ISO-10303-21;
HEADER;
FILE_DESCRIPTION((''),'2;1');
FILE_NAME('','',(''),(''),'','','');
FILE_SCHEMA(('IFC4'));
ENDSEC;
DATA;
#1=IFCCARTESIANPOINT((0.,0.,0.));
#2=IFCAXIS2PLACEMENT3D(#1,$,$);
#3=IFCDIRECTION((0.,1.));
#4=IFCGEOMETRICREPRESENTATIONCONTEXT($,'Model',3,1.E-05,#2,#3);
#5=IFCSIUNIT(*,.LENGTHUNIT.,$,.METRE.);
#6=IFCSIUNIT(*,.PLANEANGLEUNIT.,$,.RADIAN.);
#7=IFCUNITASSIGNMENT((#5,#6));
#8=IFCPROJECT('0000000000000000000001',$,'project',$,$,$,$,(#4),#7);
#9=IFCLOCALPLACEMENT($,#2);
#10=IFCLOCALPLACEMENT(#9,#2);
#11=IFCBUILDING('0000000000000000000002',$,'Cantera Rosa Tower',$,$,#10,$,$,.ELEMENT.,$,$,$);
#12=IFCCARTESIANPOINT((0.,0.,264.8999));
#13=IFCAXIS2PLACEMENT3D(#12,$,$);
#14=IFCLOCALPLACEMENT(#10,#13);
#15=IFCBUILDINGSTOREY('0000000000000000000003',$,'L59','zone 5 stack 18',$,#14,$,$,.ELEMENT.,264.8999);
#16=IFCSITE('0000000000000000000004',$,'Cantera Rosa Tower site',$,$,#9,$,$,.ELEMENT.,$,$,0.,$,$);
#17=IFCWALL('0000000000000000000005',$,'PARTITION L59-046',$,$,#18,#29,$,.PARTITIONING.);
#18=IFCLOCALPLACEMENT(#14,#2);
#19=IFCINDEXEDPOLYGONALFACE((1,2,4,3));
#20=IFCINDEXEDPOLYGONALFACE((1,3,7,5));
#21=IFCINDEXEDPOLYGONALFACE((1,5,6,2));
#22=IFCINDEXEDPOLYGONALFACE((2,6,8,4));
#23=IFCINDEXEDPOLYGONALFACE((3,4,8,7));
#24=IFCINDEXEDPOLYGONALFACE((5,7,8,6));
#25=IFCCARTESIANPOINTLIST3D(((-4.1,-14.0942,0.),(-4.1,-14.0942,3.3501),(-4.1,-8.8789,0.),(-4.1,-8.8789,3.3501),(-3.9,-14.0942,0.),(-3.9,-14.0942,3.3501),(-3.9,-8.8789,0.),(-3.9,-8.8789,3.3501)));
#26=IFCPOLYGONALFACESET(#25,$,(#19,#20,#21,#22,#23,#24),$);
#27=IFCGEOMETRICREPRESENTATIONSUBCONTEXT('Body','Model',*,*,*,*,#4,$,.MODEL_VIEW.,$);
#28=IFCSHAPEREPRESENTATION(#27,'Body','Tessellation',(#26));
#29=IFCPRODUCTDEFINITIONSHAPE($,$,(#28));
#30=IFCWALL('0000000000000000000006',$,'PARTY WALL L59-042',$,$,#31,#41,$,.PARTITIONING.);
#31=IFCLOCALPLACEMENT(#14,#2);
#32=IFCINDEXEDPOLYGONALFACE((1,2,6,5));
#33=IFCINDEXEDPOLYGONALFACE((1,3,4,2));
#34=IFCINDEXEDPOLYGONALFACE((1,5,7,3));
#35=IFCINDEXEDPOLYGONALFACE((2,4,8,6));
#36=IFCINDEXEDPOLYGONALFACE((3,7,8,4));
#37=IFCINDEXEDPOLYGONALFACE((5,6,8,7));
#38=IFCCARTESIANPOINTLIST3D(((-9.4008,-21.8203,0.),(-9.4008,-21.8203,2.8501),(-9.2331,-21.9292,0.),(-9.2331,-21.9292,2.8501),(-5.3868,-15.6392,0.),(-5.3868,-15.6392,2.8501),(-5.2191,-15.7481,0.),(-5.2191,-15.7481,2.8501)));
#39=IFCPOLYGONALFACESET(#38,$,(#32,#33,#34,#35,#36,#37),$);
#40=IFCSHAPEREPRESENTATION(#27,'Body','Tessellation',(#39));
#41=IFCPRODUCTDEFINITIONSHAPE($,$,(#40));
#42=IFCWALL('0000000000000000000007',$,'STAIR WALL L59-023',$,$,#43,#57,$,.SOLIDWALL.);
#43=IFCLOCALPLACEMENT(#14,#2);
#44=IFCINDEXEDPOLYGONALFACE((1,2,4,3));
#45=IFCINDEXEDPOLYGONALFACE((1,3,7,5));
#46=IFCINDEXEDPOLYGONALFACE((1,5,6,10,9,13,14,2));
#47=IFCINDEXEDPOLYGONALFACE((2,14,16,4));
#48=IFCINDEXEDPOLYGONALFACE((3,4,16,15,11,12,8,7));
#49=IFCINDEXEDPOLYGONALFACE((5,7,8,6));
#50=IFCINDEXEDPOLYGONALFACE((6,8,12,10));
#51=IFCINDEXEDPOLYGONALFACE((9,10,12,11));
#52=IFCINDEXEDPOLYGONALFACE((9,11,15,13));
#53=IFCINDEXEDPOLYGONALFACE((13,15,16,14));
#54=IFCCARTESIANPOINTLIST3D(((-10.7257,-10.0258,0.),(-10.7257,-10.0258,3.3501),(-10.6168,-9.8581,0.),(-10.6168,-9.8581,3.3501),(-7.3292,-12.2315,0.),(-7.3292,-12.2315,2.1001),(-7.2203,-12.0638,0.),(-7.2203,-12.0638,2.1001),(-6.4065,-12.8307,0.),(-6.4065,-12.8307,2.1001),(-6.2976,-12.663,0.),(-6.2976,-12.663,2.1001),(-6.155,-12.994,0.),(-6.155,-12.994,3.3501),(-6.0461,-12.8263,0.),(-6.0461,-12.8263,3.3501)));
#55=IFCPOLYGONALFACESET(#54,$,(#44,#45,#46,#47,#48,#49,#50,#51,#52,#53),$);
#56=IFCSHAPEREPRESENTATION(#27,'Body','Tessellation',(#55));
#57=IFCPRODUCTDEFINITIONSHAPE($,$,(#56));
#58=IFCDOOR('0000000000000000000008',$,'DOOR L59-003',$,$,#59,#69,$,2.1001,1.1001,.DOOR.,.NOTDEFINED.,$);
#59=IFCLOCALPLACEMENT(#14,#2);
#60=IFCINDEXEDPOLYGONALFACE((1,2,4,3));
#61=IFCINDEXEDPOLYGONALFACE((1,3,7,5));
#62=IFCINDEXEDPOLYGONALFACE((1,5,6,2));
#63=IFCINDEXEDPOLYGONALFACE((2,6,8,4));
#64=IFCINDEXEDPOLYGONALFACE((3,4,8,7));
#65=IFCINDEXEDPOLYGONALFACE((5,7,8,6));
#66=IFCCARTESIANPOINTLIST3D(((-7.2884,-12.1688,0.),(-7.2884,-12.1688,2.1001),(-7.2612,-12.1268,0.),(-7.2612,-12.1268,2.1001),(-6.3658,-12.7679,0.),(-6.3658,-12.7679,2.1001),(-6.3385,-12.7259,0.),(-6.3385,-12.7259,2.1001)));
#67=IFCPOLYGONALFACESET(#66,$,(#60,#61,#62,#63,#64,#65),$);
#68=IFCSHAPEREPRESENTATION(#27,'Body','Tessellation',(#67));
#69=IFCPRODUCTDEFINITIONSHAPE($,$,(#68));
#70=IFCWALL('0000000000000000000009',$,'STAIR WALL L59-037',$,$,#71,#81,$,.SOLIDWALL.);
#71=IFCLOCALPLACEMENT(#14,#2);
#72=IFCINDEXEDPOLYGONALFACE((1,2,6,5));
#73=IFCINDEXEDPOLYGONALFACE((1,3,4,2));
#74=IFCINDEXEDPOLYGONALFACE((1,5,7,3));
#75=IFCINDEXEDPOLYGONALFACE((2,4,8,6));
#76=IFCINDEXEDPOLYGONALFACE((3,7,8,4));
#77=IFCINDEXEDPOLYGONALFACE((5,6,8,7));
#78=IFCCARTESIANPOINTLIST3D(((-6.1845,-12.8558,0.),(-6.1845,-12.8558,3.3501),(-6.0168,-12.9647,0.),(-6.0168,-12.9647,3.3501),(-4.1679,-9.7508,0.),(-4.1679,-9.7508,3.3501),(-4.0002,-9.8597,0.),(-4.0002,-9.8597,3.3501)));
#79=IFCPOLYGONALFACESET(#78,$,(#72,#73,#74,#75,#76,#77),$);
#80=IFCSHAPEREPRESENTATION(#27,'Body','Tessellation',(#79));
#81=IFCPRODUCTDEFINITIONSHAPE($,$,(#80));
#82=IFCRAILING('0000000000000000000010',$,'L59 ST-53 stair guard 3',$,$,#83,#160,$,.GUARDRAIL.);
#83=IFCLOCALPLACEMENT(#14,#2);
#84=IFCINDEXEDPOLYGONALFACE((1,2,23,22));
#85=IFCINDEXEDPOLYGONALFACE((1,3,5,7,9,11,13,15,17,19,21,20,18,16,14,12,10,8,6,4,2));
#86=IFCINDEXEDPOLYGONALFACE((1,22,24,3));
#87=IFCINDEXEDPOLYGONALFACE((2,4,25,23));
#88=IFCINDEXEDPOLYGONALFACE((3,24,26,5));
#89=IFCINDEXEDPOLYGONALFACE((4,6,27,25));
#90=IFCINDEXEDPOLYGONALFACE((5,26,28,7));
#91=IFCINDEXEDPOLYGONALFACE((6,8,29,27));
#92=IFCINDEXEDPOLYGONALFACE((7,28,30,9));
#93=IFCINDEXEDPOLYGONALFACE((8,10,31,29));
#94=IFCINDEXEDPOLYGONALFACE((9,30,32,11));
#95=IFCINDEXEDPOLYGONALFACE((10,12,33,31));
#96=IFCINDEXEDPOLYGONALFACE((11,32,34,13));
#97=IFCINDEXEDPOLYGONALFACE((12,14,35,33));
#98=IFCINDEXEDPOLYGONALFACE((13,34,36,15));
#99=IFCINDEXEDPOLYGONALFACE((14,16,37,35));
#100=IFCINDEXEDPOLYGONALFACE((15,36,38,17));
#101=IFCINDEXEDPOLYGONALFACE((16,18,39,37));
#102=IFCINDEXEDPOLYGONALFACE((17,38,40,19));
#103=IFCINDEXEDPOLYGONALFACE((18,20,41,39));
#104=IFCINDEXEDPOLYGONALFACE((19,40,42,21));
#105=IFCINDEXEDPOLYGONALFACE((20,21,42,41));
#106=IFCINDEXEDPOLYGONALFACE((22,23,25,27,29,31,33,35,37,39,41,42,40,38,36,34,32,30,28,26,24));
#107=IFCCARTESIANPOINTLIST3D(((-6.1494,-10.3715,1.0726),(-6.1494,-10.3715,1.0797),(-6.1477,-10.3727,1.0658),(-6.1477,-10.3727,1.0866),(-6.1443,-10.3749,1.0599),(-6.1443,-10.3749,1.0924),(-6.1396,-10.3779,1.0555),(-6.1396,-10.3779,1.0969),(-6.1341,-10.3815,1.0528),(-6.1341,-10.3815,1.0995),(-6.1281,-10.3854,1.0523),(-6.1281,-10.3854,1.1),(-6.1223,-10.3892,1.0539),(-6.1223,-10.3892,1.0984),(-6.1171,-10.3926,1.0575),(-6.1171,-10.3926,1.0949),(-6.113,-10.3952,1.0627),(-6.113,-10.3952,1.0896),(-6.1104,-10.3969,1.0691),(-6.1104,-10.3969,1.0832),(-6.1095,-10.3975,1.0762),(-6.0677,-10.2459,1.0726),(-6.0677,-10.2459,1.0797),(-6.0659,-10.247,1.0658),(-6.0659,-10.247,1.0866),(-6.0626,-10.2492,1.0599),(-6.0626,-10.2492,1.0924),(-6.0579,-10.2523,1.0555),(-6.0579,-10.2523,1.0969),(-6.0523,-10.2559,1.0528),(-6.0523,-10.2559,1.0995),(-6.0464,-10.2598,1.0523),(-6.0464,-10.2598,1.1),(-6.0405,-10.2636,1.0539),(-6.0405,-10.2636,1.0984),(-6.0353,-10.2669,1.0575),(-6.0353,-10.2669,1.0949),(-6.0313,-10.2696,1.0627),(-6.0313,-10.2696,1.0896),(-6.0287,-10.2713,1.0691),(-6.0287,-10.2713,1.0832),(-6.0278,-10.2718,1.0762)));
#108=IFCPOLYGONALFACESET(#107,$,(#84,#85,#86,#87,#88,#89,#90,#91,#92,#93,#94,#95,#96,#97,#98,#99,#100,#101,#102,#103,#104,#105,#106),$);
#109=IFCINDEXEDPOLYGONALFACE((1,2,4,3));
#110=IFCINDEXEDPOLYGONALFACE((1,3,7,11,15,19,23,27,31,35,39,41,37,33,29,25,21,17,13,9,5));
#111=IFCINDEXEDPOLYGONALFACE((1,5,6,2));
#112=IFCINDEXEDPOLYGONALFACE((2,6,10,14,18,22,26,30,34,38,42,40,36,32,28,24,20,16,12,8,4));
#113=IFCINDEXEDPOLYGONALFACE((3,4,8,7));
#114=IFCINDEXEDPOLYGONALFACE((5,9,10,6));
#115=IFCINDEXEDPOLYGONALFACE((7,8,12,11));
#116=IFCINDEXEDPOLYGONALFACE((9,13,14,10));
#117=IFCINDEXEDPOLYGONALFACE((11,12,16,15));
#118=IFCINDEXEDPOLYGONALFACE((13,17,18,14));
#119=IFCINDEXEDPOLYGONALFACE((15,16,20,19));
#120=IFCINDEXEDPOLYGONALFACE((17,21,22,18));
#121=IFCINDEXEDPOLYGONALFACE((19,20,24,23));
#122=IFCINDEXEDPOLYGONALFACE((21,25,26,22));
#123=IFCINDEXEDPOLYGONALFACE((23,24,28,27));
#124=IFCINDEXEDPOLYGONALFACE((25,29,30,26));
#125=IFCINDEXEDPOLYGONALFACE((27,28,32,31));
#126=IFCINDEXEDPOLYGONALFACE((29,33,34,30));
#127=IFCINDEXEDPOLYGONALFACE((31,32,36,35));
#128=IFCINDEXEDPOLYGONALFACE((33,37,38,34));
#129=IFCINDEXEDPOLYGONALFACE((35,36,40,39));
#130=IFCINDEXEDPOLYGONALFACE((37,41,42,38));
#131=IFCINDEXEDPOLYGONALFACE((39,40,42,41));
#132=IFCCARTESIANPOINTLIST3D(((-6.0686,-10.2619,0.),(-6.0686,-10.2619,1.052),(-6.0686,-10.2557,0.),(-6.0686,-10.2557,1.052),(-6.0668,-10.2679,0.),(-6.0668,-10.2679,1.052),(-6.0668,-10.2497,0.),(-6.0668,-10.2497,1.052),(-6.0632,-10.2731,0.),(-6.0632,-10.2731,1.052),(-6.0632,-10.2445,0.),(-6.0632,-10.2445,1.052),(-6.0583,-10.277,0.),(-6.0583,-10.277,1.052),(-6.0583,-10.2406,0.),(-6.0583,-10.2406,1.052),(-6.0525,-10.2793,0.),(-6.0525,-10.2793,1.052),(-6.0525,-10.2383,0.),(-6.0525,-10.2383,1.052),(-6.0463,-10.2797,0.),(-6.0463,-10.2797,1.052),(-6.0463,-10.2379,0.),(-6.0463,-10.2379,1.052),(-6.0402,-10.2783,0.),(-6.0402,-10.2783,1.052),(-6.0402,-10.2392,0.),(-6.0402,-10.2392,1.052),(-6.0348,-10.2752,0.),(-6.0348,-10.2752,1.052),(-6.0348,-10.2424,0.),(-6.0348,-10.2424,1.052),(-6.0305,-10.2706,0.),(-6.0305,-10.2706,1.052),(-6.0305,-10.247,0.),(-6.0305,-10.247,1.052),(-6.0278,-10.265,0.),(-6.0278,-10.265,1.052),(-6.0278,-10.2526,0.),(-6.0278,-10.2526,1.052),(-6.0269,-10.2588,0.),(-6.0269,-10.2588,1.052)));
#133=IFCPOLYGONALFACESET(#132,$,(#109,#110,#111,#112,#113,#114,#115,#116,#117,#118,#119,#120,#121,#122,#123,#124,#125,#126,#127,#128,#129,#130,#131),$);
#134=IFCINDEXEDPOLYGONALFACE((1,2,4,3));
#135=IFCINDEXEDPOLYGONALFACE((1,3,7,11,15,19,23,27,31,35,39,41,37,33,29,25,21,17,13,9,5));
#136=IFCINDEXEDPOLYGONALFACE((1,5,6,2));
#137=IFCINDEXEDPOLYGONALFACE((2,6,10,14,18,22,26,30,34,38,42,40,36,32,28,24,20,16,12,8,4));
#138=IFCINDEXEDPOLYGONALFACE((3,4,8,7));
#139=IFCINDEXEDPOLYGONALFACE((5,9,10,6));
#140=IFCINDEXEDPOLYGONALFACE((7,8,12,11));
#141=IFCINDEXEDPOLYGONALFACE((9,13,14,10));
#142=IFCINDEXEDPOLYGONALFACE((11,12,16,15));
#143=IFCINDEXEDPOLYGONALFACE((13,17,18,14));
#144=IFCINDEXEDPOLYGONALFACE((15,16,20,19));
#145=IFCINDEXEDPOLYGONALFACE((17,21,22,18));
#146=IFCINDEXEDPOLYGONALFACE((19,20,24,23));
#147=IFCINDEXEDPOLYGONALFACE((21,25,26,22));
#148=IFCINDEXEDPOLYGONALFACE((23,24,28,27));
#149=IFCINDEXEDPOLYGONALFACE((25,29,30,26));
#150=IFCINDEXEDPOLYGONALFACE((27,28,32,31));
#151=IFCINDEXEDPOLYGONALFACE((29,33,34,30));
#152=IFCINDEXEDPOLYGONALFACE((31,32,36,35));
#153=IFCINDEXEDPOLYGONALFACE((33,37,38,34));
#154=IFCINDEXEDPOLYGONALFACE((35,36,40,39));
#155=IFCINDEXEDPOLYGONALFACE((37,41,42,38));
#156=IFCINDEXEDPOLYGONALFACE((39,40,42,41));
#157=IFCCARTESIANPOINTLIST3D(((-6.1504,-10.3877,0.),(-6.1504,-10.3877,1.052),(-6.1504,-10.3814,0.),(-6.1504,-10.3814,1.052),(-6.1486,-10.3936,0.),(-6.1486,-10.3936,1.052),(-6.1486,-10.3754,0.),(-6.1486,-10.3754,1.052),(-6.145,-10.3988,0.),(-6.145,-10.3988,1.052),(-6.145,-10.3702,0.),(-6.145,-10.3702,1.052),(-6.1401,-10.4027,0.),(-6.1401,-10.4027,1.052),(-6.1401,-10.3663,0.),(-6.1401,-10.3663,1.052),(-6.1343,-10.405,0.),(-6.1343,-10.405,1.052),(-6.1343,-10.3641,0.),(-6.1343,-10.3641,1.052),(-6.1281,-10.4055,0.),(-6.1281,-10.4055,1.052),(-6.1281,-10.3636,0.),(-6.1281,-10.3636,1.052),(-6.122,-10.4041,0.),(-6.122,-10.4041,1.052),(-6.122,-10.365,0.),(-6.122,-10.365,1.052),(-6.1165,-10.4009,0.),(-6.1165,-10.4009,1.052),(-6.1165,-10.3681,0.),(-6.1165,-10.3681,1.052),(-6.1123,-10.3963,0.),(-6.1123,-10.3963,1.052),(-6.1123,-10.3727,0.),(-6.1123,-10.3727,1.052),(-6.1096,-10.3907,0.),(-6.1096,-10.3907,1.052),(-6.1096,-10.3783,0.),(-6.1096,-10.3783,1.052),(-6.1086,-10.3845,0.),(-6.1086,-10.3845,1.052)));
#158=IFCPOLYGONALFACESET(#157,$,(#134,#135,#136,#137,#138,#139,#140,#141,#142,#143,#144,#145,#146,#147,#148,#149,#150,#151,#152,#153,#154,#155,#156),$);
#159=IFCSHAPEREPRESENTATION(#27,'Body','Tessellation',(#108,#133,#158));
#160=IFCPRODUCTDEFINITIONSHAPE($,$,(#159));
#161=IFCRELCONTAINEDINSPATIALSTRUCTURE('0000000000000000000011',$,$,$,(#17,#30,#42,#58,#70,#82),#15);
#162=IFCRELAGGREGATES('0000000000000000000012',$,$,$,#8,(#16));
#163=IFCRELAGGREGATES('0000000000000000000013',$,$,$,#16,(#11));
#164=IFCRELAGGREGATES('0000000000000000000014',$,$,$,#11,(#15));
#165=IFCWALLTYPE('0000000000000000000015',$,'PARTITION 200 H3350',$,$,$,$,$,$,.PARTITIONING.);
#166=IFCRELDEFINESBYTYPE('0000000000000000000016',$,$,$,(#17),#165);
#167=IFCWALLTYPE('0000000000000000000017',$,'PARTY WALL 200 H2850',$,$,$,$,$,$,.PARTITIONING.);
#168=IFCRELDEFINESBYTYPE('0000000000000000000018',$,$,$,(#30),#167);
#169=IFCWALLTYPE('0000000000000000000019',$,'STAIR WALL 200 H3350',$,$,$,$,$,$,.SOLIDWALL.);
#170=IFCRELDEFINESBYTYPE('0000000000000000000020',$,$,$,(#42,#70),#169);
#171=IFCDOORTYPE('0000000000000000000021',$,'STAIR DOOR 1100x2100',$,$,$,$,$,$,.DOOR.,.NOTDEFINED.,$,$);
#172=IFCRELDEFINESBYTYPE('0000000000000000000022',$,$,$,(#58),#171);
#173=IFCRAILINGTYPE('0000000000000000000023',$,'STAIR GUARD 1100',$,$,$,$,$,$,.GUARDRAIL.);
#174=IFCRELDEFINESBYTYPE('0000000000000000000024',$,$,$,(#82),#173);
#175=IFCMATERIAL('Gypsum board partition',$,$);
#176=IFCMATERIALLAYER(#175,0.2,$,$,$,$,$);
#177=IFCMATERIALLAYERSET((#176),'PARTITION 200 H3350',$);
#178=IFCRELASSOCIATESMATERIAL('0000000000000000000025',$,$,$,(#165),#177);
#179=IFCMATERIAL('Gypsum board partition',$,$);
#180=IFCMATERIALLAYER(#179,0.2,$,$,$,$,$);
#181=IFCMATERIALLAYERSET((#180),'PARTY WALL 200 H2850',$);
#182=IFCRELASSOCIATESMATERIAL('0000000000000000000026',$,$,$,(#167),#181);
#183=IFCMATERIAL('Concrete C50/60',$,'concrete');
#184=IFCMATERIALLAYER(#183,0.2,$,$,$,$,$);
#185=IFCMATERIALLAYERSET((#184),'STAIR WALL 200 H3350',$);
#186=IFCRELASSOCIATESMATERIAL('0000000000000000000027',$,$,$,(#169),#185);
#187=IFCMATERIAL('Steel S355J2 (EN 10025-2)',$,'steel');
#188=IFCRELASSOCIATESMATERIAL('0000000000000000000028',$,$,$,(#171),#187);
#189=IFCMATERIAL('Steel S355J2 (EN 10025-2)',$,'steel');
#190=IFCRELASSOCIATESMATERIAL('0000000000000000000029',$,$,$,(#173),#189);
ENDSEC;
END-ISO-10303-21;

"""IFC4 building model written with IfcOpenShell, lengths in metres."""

from ifc_helpers import new_model, si_unit, direction, frame, frame_2d, origin, origin_2d, place, context, subcontext, project, spatial, rectangle, circle, extrude, material, layer, layer_set, type_object, element, fill, save


model = new_model("IFC4")

# Units and contexts
model_context = context("Model", 3, precision=1e-05, world=origin(), true_north=direction((0.0, 1.0)))
body_context = subcontext(model_context, "Body", "Model", "MODEL_VIEW")
ifc_project = project(units=[si_unit("LENGTHUNIT", "METRE"), si_unit("PLANEANGLEUNIT", "RADIAN")], contexts=[model_context])

# Site, building, storey
site_placement = place(None, origin())
site = spatial("IfcSite", under=ifc_project, at=site_placement, Name="Cantera Rosa Tower site", CompositionType="ELEMENT", RefElevation=0.0)
building_placement = place(site_placement, origin())
building = spatial("IfcBuilding", under=site, at=building_placement, Name="Cantera Rosa Tower", CompositionType="ELEMENT")
storey_placement = place(building_placement, frame((0.0, 0.0, 264.8999)))
storey = spatial("IfcBuildingStorey", under=building, at=storey_placement, Name="L59", Description="zone 5 stack 18", CompositionType="ELEMENT", Elevation=264.8999)

# Shared definitions
ifc_material_1 = material(Name="Gypsum board partition")
ifc_layer_1 = layer(ifc_material_1, 0.2)
ifc_layer_set_1 = layer_set([ifc_layer_1], Name="PARTITION 200 H3350")
wall_type_1 = type_object("IfcWallType", Name="PARTITION 200 H3350", PredefinedType="PARTITIONING", material=ifc_layer_set_1)

# Walls
wall_1_placement = place(storey_placement, frame((-4.0, -14.0942, 0.0), z_axis=(0.0, 0.0, 1.0), x_axis=(0.0, 1.0, 0.0)))
element("IfcWall", 1, at=wall_1_placement, inside=storey, type_object=wall_type_1, Name="PARTITION L59-046", PredefinedType="PARTITIONING", context=body_context, shape_type="SweptSolid", body=[
    extrude(rectangle(XDim=5.2153, YDim=0.2, at=frame_2d((2.6077, 0.0))), origin(), (0.0, 0.0, 1.0), 3.3501),
])
ifc_material_2 = material(Name="Gypsum board partition")
ifc_layer_2 = layer(ifc_material_2, 0.2)
ifc_layer_set_2 = layer_set([ifc_layer_2], Name="PARTY WALL 200 H2850")
wall_type_2 = type_object("IfcWallType", Name="PARTY WALL 200 H2850", PredefinedType="PARTITIONING", material=ifc_layer_set_2)
wall_2_placement = place(storey_placement, frame((-5.303, -15.6936, 0.0), z_axis=(0.0, 0.0, 1.0), x_axis=(-0.544623, -0.838681, 0.0)))
element("IfcWall", 2, at=wall_2_placement, inside=storey, type_object=wall_type_2, Name="PARTY WALL L59-042", PredefinedType="PARTITIONING", context=body_context, shape_type="SweptSolid", body=[
    extrude(rectangle(XDim=7.3701, YDim=0.2, at=frame_2d((3.6851, 0.0))), origin(), (0.0, 0.0, 1.0), 2.8501),
])

# Wall, opening, door
ifc_material_3 = material(Name="Concrete C50/60", Category="concrete")
ifc_layer_3 = layer(ifc_material_3, 0.2)
ifc_layer_set_3 = layer_set([ifc_layer_3], Name="STAIR WALL 200 H3350")
wall_type_3 = type_object("IfcWallType", Name="STAIR WALL 200 H3350", PredefinedType="SOLIDWALL", material=ifc_layer_set_3)
wall_3_placement = place(storey_placement, frame((-10.6714, -9.9419, 0.0), z_axis=(0.0, 0.0, 1.0), x_axis=(0.838675, -0.544632, 0.0)))
wall_3 = element("IfcWall", 3, at=wall_3_placement, inside=storey, type_object=wall_type_3, Name="STAIR WALL L59-023", PredefinedType="SOLIDWALL", context=body_context, shape_type="SweptSolid", body=[
    extrude(rectangle(XDim=5.45, YDim=0.2, at=frame_2d((2.7251, 0.0))), origin(), (0.0, 0.0, 1.0), 3.3501),
])
opening_1_placement = place(wall_3_placement, frame((4.05, 0.0, 0.0)))
opening_1 = element("IfcOpeningElement", 4, at=opening_1_placement, cuts=wall_3, PredefinedType="OPENING", context=body_context, shape_type="SweptSolid", body=[
    extrude(rectangle(XDim=1.1001, YDim=2.1001, at=frame_2d((0.55, 1.05))), frame((0.0, 0.1099, 0.0), z_axis=(0.0, -1.0, 0.0), x_axis=(1.0, 0.0, 0.0)), (0.0, 0.0, 1.0), 0.22),
])
ifc_material_4 = material(Name="Steel S355J2 (EN 10025-2)", Category="steel")
door_type_1 = type_object("IfcDoorType", Name="STAIR DOOR 1100x2100", OperationType="NOTDEFINED", PredefinedType="DOOR", material=ifc_material_4)
door_1_placement = place(opening_1_placement, origin())
door_1 = element("IfcDoor", 5, at=door_1_placement, inside=storey, type_object=door_type_1, Name="DOOR L59-003", OperationType="NOTDEFINED", OverallHeight=2.1001, OverallWidth=1.1001, PredefinedType="DOOR", context=body_context, shape_type="SweptSolid", body=[
    extrude(rectangle(XDim=1.1001, YDim=2.1001, at=frame_2d((0.55, 1.05))), frame((0.0, 0.0249, 0.0), z_axis=(0.0, -1.0, 0.0), x_axis=(1.0, 0.0, 0.0)), (0.0, 0.0, 1.0), 0.05),
])
fill(opening_1, door_1)

# Wall
wall_4_placement = place(storey_placement, frame((-6.1006, -12.9102, 0.0), z_axis=(0.0, 0.0, 1.0), x_axis=(0.544678, 0.838645, 0.0)))
element("IfcWall", 6, at=wall_4_placement, inside=storey, type_object=wall_type_3, Name="STAIR WALL L59-037", PredefinedType="SOLIDWALL", context=body_context, shape_type="SweptSolid", body=[
    extrude(rectangle(XDim=3.7024, YDim=0.2, at=frame_2d((1.8511, 0.0))), origin(), (0.0, 0.0, 1.0), 3.3501),
])

# Railing
ifc_material_5 = material(Name="Steel S355J2 (EN 10025-2)", Category="steel")
railing_type_1 = type_object("IfcRailingType", Name="STAIR GUARD 1100", PredefinedType="GUARDRAIL", material=ifc_material_5)
railing_1_placement = place(storey_placement, frame((-6.0479, -10.2588, 0.0)))
element("IfcRailing", 7, at=railing_1_placement, inside=storey, type_object=railing_type_1, Name="L59 ST-53 stair guard 3", PredefinedType="GUARDRAIL", context=body_context, shape_type="SweptSolid", body=[
    extrude(circle(Radius=0.0239, at=origin_2d()), frame((0.0, 0.0, 1.0762), z_axis=(-0.545274, -0.838258, 0.0), x_axis=(0.838258, -0.545274, 0.0)), (0.0, 0.0, 1.0), 0.1499),
    extrude(circle(Radius=0.021, at=origin_2d()), origin(), (0.0, 0.0, 1.0), 1.052),
    extrude(circle(Radius=0.021, at=origin_2d()), frame((-0.0818, -0.1257, 0.0)), (0.0, 0.0, 1.0), 1.052),
])

save(model, "model.ifc")
